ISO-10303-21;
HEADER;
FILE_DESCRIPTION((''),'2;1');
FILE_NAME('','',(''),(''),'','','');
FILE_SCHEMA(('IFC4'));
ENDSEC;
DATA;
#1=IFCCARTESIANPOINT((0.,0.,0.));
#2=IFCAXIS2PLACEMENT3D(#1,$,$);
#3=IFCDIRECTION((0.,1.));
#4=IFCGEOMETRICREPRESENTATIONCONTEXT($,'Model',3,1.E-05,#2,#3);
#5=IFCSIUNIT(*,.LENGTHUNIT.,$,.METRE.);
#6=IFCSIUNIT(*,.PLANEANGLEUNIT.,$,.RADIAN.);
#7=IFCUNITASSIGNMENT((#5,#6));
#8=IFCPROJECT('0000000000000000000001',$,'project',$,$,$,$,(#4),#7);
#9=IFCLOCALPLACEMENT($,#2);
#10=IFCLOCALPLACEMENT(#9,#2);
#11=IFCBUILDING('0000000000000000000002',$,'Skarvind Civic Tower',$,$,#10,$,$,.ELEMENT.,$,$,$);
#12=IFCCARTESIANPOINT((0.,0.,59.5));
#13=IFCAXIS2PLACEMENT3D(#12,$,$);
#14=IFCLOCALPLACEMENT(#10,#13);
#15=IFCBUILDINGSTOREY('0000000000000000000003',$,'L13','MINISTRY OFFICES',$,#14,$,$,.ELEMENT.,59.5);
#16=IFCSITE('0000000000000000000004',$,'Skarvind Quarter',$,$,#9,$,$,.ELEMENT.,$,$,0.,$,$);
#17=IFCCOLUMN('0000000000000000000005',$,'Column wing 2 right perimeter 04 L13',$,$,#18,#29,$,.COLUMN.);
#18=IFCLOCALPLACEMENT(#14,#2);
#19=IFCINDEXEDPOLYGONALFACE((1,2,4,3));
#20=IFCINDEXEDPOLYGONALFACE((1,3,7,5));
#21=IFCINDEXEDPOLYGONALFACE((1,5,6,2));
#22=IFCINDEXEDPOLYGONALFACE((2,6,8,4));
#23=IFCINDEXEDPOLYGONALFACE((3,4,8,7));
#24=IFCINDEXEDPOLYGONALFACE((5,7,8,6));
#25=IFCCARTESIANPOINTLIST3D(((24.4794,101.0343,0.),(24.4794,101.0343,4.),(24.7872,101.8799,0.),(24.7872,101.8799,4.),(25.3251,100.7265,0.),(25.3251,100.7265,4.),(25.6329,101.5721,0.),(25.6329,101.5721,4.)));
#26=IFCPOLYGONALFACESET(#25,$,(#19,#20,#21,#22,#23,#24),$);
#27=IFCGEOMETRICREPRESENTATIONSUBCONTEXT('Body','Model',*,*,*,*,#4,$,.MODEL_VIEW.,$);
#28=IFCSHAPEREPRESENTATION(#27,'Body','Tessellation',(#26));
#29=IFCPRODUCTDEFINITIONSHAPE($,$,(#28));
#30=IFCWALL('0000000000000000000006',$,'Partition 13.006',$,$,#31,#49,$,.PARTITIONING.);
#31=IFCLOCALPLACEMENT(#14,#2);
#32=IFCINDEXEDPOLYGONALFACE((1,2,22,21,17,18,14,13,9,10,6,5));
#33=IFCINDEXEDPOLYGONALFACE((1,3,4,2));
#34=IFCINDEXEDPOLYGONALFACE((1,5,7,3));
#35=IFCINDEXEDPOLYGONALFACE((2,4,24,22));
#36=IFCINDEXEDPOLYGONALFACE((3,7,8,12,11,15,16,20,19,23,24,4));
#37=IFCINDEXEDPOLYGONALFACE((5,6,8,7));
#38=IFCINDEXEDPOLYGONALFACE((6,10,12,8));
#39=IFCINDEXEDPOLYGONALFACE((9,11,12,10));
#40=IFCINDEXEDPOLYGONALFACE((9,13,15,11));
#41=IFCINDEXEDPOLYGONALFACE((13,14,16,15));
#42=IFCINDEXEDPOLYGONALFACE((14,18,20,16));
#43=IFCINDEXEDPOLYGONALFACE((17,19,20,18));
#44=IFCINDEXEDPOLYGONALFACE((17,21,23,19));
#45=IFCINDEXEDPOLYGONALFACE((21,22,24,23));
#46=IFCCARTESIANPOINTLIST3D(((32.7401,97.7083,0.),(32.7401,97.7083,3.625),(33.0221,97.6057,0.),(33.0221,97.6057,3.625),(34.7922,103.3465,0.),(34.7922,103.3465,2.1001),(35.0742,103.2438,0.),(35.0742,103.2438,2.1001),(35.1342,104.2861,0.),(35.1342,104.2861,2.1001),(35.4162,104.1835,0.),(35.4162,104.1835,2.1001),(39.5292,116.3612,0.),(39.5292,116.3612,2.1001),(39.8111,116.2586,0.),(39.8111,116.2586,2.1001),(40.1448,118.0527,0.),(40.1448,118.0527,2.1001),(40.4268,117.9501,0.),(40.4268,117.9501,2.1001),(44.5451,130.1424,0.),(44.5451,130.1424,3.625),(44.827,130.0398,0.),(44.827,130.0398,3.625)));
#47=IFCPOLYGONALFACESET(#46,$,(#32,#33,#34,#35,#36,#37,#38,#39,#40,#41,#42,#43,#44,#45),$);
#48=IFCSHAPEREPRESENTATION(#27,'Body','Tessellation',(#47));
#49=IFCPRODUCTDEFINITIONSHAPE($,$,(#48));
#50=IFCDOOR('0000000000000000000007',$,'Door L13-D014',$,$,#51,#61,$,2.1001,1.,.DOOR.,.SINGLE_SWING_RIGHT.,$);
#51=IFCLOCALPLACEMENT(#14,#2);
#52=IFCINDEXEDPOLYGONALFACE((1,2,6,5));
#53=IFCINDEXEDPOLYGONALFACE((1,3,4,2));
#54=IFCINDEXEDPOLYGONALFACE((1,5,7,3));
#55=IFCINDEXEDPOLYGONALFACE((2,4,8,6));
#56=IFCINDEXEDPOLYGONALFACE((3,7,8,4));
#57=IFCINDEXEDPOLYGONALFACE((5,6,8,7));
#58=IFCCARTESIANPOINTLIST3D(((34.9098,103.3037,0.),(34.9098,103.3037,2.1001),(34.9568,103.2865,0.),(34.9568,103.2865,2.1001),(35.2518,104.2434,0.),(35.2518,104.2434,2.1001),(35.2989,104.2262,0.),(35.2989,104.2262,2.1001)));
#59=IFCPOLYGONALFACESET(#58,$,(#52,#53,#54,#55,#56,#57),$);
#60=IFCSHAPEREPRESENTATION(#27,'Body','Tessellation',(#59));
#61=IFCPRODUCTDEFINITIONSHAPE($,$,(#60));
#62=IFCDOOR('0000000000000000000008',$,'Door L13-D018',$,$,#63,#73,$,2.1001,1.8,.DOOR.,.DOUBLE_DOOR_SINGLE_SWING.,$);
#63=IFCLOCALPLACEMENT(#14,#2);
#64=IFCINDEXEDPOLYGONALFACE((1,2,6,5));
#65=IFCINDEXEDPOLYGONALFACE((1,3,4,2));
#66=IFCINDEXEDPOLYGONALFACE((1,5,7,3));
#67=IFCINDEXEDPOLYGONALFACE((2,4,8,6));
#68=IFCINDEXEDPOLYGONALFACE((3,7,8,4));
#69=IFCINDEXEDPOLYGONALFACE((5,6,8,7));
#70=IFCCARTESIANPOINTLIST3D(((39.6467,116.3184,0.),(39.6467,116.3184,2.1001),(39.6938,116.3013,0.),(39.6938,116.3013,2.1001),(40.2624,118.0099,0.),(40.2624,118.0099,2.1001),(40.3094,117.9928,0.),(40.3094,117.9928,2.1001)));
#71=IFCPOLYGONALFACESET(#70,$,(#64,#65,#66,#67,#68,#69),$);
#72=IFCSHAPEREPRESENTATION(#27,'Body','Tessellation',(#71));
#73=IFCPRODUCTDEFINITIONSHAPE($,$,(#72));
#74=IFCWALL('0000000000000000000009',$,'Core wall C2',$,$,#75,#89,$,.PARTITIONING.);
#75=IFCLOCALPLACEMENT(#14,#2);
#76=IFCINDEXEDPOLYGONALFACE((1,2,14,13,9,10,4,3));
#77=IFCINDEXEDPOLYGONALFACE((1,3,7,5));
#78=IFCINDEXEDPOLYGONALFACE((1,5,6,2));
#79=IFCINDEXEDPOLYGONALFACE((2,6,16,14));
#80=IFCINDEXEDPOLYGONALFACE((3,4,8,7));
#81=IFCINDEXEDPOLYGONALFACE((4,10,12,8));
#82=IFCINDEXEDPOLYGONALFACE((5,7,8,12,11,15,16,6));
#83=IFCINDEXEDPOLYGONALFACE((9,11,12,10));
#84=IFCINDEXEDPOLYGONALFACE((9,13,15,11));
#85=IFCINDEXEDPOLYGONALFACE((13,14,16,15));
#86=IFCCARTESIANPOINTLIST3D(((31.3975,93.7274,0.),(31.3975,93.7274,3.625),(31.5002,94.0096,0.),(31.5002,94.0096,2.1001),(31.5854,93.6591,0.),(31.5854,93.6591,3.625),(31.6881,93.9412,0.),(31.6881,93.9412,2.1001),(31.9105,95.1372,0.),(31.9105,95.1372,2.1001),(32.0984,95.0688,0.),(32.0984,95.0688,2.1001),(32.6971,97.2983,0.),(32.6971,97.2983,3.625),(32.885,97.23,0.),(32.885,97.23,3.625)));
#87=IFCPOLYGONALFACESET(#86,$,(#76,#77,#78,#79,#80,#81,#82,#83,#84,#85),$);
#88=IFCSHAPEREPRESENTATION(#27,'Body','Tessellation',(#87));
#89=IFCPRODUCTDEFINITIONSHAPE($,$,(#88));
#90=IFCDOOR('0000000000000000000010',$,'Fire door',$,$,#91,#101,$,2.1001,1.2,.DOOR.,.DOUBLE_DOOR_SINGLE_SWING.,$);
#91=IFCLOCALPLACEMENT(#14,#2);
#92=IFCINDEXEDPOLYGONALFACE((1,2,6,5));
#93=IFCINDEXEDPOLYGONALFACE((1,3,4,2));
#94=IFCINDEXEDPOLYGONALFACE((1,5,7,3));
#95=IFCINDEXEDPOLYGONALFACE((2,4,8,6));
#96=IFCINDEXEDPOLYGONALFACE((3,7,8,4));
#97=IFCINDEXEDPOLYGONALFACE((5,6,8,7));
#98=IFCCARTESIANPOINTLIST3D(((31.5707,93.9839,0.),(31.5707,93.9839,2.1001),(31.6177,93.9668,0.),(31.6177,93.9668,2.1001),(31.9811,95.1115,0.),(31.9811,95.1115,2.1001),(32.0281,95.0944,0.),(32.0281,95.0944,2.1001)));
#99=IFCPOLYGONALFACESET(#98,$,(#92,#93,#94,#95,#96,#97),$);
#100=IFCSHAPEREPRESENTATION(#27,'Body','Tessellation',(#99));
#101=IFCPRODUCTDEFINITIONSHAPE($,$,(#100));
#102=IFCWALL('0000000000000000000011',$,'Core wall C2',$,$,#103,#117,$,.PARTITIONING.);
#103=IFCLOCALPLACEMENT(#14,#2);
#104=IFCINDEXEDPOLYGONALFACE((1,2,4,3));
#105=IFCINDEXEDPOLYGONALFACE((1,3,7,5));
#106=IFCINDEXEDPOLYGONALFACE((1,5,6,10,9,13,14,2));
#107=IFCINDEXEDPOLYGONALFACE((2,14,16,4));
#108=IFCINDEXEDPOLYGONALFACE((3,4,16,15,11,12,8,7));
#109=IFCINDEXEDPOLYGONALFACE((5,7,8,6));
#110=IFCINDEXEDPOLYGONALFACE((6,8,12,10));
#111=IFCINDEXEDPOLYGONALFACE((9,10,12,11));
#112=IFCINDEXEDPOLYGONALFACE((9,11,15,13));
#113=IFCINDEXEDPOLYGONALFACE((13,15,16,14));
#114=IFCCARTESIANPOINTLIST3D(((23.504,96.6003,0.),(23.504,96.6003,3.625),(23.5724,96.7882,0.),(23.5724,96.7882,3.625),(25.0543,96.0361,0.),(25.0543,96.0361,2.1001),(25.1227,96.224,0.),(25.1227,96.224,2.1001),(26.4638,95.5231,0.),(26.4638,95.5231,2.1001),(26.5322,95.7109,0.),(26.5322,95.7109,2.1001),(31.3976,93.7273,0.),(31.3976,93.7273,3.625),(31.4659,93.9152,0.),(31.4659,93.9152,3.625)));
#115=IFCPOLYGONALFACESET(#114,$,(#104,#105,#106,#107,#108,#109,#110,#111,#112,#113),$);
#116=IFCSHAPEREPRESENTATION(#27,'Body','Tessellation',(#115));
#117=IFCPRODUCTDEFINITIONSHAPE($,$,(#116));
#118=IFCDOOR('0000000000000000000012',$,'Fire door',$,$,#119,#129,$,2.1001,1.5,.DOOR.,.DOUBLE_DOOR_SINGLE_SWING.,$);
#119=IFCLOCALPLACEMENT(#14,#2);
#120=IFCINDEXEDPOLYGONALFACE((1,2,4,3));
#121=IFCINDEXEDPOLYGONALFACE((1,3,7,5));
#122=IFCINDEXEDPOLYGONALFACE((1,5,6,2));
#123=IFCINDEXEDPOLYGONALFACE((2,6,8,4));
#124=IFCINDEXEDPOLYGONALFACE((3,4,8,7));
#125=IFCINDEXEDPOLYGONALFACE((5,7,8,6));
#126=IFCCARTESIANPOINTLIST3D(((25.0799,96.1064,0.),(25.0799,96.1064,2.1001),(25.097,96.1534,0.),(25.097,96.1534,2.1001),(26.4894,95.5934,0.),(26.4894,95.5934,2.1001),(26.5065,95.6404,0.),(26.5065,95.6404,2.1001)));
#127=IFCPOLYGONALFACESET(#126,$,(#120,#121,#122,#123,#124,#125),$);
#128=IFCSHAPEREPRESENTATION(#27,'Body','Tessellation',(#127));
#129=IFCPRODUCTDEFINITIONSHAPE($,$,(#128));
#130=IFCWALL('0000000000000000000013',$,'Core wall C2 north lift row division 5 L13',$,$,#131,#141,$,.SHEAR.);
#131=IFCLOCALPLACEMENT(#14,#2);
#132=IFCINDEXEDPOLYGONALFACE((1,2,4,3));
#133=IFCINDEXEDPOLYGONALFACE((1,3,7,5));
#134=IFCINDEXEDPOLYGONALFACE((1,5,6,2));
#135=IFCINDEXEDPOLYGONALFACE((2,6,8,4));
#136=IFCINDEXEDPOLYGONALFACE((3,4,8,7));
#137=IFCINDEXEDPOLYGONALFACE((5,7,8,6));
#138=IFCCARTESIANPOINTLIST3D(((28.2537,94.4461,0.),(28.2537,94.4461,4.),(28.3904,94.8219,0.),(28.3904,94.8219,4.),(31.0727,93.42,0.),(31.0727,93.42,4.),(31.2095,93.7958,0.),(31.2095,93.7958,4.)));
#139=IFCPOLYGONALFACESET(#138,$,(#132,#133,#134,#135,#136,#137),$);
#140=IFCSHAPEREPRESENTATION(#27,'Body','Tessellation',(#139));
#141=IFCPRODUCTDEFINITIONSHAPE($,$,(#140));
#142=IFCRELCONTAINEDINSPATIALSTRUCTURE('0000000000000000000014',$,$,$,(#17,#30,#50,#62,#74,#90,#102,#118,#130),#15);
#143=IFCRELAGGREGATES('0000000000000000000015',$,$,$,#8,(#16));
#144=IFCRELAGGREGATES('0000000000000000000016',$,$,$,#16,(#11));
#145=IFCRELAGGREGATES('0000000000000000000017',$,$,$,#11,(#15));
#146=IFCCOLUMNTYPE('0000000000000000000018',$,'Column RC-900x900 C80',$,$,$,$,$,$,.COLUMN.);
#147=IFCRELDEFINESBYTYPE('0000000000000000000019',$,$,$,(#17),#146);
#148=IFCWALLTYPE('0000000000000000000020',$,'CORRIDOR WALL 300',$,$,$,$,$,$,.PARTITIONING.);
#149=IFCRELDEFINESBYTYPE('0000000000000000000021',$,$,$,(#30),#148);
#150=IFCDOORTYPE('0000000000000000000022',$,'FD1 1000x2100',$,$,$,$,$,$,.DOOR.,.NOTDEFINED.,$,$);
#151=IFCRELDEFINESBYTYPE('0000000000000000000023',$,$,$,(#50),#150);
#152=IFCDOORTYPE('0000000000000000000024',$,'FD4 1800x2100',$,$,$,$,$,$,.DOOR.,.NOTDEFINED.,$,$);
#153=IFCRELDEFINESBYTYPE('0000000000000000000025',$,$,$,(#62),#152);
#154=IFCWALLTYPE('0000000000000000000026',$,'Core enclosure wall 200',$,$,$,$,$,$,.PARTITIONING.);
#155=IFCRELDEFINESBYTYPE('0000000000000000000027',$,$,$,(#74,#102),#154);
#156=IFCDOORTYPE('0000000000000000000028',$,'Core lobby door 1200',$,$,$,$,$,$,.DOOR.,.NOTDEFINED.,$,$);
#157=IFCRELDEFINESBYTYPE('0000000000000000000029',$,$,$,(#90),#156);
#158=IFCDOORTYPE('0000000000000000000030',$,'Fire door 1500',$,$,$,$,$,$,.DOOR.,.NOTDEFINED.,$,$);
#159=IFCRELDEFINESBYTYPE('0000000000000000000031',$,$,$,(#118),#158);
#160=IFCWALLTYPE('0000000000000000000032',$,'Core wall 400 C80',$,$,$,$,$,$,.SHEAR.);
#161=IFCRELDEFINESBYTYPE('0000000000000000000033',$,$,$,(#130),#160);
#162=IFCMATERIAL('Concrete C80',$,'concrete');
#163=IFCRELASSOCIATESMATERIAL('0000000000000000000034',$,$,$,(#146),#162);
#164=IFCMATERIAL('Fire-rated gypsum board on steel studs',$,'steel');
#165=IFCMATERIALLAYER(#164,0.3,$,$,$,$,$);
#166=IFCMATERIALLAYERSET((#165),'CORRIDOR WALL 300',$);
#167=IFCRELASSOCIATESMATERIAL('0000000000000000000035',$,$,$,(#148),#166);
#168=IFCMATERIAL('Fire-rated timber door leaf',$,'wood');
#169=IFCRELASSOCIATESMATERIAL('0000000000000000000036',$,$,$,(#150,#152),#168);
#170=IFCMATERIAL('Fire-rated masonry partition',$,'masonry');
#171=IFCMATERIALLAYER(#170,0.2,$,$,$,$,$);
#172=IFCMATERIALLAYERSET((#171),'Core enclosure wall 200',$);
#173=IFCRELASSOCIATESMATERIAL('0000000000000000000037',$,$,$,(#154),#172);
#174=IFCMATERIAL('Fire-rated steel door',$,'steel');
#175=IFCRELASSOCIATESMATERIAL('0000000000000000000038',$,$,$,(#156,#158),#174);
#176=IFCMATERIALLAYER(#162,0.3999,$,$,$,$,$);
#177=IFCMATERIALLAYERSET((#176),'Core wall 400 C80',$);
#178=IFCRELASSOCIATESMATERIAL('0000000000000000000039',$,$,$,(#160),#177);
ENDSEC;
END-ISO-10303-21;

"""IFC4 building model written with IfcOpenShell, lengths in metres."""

from ifc_helpers import new_model, si_unit, direction, frame, frame_2d, origin, origin_2d, place, context, subcontext, project, spatial, rectangle, extrude, material, layer, layer_set, material_profile, profile_set, type_object, element, fill, save


model = new_model("IFC4")

# Units and contexts
model_context = context("Model", 3, precision=1e-05, world=origin(), true_north=direction((0.0, 1.0)))
body_context = subcontext(model_context, "Body", "Model", "MODEL_VIEW")
ifc_project = project(units=[si_unit("LENGTHUNIT", "METRE"), si_unit("PLANEANGLEUNIT", "RADIAN")], contexts=[model_context])

# Site, building, storey
site_placement = place(None, origin())
site = spatial("IfcSite", under=ifc_project, at=site_placement, Name="Skarvind Quarter", CompositionType="ELEMENT", RefElevation=0.0)
building_placement = place(site_placement, origin())
building = spatial("IfcBuilding", under=site, at=building_placement, Name="Skarvind Civic Tower", CompositionType="ELEMENT")
storey_placement = place(building_placement, frame((0.0, 0.0, 59.5)))
storey = spatial("IfcBuildingStorey", under=building, at=storey_placement, Name="L13", Description="MINISTRY OFFICES", CompositionType="ELEMENT", Elevation=59.5)

# Column
ifc_material_1 = material(Name="Concrete C80", Category="concrete")
ifc_material_profile = material_profile(ifc_material_1, rectangle(XDim=0.8999, YDim=0.8999, at=origin_2d()), Name="RC-900x900")
ifc_profile_set = profile_set([ifc_material_profile], Name="Concrete C80")
column_type = type_object("IfcColumnType", Name="Column RC-900x900 C80", PredefinedType="COLUMN", material=ifc_profile_set)
column_placement = place(storey_placement, frame((25.0562, 101.3032, 0.0), z_axis=(0.0, 0.0, 1.0), x_axis=(-0.34202, -0.939693, 0.0)))
element("IfcColumn", 1, at=column_placement, inside=storey, type_object=column_type, Name="Column wing 2 right perimeter 04 L13", PredefinedType="COLUMN", context=body_context, shape_type="SweptSolid", body=[
    extrude(rectangle(XDim=0.8999, YDim=0.8999, at=origin_2d()), origin(), (0.0, 0.0, 1.0), 4.0),
])

# Wall, openings, doors
ifc_material_2 = material(Name="Fire-rated gypsum board on steel studs", Category="steel")
ifc_layer_1 = layer(ifc_material_2, 0.3)
ifc_layer_set_1 = layer_set([ifc_layer_1], Name="CORRIDOR WALL 300")
wall_type_1 = type_object("IfcWallType", Name="CORRIDOR WALL 300", PredefinedType="PARTITIONING", material=ifc_layer_set_1)
wall_1_placement = place(storey_placement, frame((32.8811, 97.657, 0.0), z_axis=(0.0, 0.0, 1.0), x_axis=(0.342017, 0.939694, 0.0)))
wall_1 = element("IfcWall", 2, at=wall_1_placement, inside=storey, type_object=wall_type_1, Name="Partition 13.006", PredefinedType="PARTITIONING", context=body_context, shape_type="SweptSolid", body=[
    extrude(rectangle(XDim=34.5156, YDim=0.3, at=frame_2d((17.2578, 0.0))), origin(), (0.0, 0.0, 1.0), 3.625),
])
opening_1_placement = place(wall_1_placement, frame((6.0, 0.0, 0.0)))
opening_1 = element("IfcOpeningElement", 3, at=opening_1_placement, cuts=wall_1, PredefinedType="OPENING", context=body_context, shape_type="SweptSolid", body=[
    extrude(rectangle(XDim=1.0, YDim=2.1001, at=frame_2d((0.5, 1.05))), frame((0.0, 0.1599, 0.0), z_axis=(0.0, -1.0, 0.0), x_axis=(1.0, 0.0, 0.0)), (0.0, 0.0, 1.0), 0.3201),
])
opening_2_placement = place(wall_1_placement, frame((19.8501, 0.0, 0.0)))
opening_2 = element("IfcOpeningElement", 4, at=opening_2_placement, cuts=wall_1, PredefinedType="OPENING", context=body_context, shape_type="SweptSolid", body=[
    extrude(rectangle(XDim=1.8, YDim=2.1001, at=frame_2d((0.8999, 1.05))), frame((0.0, 0.1599, 0.0), z_axis=(0.0, -1.0, 0.0), x_axis=(1.0, 0.0, 0.0)), (0.0, 0.0, 1.0), 0.3201),
])
ifc_material_3 = material(Name="Fire-rated timber door leaf", Category="wood")
door_type_1 = type_object("IfcDoorType", Name="FD1 1000x2100", OperationType="NOTDEFINED", PredefinedType="DOOR", material=ifc_material_3)
door_1_placement = place(opening_1_placement, origin())
door_1 = element("IfcDoor", 5, at=door_1_placement, inside=storey, type_object=door_type_1, Name="Door L13-D014", OperationType="SINGLE_SWING_RIGHT", OverallHeight=2.1001, OverallWidth=1.0, PredefinedType="DOOR", context=body_context, shape_type="SweptSolid", body=[
    extrude(rectangle(XDim=1.0, YDim=2.1001, at=frame_2d((0.5, 1.05))), frame((0.0, 0.0249, 0.0), z_axis=(0.0, -1.0, 0.0), x_axis=(1.0, 0.0, 0.0)), (0.0, 0.0, 1.0), 0.05),
])
fill(opening_1, door_1)
door_type_2 = type_object("IfcDoorType", Name="FD4 1800x2100", OperationType="NOTDEFINED", PredefinedType="DOOR", material=ifc_material_3)
door_2_placement = place(opening_2_placement, origin())
door_2 = element("IfcDoor", 6, at=door_2_placement, inside=storey, type_object=door_type_2, Name="Door L13-D018", OperationType="DOUBLE_DOOR_SINGLE_SWING", OverallHeight=2.1001, OverallWidth=1.8, PredefinedType="DOOR", context=body_context, shape_type="SweptSolid", body=[
    extrude(rectangle(XDim=1.8, YDim=2.1001, at=frame_2d((0.8999, 1.05))), frame((0.0, 0.0249, 0.0), z_axis=(0.0, -1.0, 0.0), x_axis=(1.0, 0.0, 0.0)), (0.0, 0.0, 1.0), 0.05),
])
fill(opening_2, door_2)

# Walls, openings, doors
ifc_material_4 = material(Name="Fire-rated masonry partition", Category="masonry")
ifc_layer_2 = layer(ifc_material_4, 0.2)
ifc_layer_set_2 = layer_set([ifc_layer_2], Name="Core enclosure wall 200")
wall_type_2 = type_object("IfcWallType", Name="Core enclosure wall 200", PredefinedType="PARTITIONING", material=ifc_layer_set_2)
wall_2_placement = place(storey_placement, frame((31.4915, 93.6934, 0.0), z_axis=(0.0, 0.0, 1.0), x_axis=(0.341996, 0.939701, 0.0)))
wall_2 = element("IfcWall", 7, at=wall_2_placement, inside=storey, type_object=wall_type_2, Name="Core wall C2", PredefinedType="PARTITIONING", context=body_context, shape_type="SweptSolid", body=[
    extrude(rectangle(XDim=3.8, YDim=0.2, at=frame_2d((1.8999, 0.0))), origin(), (0.0, 0.0, 1.0), 3.625),
])
opening_3_placement = place(wall_2_placement, frame((0.3, 0.0, 0.0)))
opening_3 = element("IfcOpeningElement", 8, at=opening_3_placement, cuts=wall_2, PredefinedType="OPENING", context=body_context, shape_type="SweptSolid", body=[
    extrude(rectangle(XDim=1.2, YDim=2.1001, at=frame_2d((0.6001, 1.05))), frame((0.0, 0.1099, 0.0), z_axis=(0.0, -1.0, 0.0), x_axis=(1.0, 0.0, 0.0)), (0.0, 0.0, 1.0), 0.22),
])
ifc_material_5 = material(Name="Fire-rated steel door", Category="steel")
door_type_3 = type_object("IfcDoorType", Name="Core lobby door 1200", OperationType="NOTDEFINED", PredefinedType="DOOR", material=ifc_material_5)
door_3_placement = place(opening_3_placement, origin())
door_3 = element("IfcDoor", 9, at=door_3_placement, inside=storey, type_object=door_type_3, Name="Fire door", OperationType="DOUBLE_DOOR_SINGLE_SWING", OverallHeight=2.1001, OverallWidth=1.2, PredefinedType="DOOR", context=body_context, shape_type="SweptSolid", body=[
    extrude(rectangle(XDim=1.2, YDim=2.1001, at=frame_2d((0.6001, 1.05))), frame((0.0, 0.0249, 0.0), z_axis=(0.0, -1.0, 0.0), x_axis=(1.0, 0.0, 0.0)), (0.0, 0.0, 1.0), 0.05),
])
fill(opening_3, door_3)
wall_3_placement = place(storey_placement, frame((23.5381, 96.6943, 0.0), z_axis=(0.0, 0.0, 1.0), x_axis=(0.939692, -0.342023, 0.0)))
wall_3 = element("IfcWall", 10, at=wall_3_placement, inside=storey, type_object=wall_type_2, Name="Core wall C2", PredefinedType="PARTITIONING", context=body_context, shape_type="SweptSolid", body=[
    extrude(rectangle(XDim=8.4001, YDim=0.2, at=frame_2d((4.2002, 0.0))), origin(), (0.0, 0.0, 1.0), 3.625),
])
opening_4_placement = place(wall_3_placement, frame((1.6499, 0.0, 0.0)))
opening_4 = element("IfcOpeningElement", 11, at=opening_4_placement, cuts=wall_3, PredefinedType="OPENING", context=body_context, shape_type="SweptSolid", body=[
    extrude(rectangle(XDim=1.5, YDim=2.1001, at=frame_2d((0.75, 1.05))), frame((0.0, 0.1099, 0.0), z_axis=(0.0, -1.0, 0.0), x_axis=(1.0, 0.0, 0.0)), (0.0, 0.0, 1.0), 0.22),
])
door_type_4 = type_object("IfcDoorType", Name="Fire door 1500", OperationType="NOTDEFINED", PredefinedType="DOOR", material=ifc_material_5)
door_4_placement = place(opening_4_placement, origin())
door_4 = element("IfcDoor", 12, at=door_4_placement, inside=storey, type_object=door_type_4, Name="Fire door", OperationType="DOUBLE_DOOR_SINGLE_SWING", OverallHeight=2.1001, OverallWidth=1.5, PredefinedType="DOOR", context=body_context, shape_type="SweptSolid", body=[
    extrude(rectangle(XDim=1.5, YDim=2.1001, at=frame_2d((0.75, 1.05))), frame((0.0, 0.0249, 0.0), z_axis=(0.0, -1.0, 0.0), x_axis=(1.0, 0.0, 0.0)), (0.0, 0.0, 1.0), 0.05),
])
fill(opening_4, door_4)

# Wall
ifc_layer_3 = layer(ifc_material_1, 0.3999)
ifc_layer_set_3 = layer_set([ifc_layer_3], Name="Core wall 400 C80")
wall_type_3 = type_object("IfcWallType", Name="Core wall 400 C80", PredefinedType="SHEAR", material=ifc_layer_set_3)
wall_4_placement = place(storey_placement, frame((31.1411, 93.6079, 0.0), z_axis=(0.0, 0.0, 1.0), x_axis=(-0.939686, 0.342037, 0.0)))
element("IfcWall", 13, at=wall_4_placement, inside=storey, type_object=wall_type_3, Name="Core wall C2 north lift row division 5 L13", PredefinedType="SHEAR", context=body_context, shape_type="SweptSolid", body=[
    extrude(rectangle(XDim=3.0, YDim=0.3999, at=frame_2d((1.5, 0.0))), origin(), (0.0, 0.0, 1.0), 4.0),
])

save(model, "model.ifc")
